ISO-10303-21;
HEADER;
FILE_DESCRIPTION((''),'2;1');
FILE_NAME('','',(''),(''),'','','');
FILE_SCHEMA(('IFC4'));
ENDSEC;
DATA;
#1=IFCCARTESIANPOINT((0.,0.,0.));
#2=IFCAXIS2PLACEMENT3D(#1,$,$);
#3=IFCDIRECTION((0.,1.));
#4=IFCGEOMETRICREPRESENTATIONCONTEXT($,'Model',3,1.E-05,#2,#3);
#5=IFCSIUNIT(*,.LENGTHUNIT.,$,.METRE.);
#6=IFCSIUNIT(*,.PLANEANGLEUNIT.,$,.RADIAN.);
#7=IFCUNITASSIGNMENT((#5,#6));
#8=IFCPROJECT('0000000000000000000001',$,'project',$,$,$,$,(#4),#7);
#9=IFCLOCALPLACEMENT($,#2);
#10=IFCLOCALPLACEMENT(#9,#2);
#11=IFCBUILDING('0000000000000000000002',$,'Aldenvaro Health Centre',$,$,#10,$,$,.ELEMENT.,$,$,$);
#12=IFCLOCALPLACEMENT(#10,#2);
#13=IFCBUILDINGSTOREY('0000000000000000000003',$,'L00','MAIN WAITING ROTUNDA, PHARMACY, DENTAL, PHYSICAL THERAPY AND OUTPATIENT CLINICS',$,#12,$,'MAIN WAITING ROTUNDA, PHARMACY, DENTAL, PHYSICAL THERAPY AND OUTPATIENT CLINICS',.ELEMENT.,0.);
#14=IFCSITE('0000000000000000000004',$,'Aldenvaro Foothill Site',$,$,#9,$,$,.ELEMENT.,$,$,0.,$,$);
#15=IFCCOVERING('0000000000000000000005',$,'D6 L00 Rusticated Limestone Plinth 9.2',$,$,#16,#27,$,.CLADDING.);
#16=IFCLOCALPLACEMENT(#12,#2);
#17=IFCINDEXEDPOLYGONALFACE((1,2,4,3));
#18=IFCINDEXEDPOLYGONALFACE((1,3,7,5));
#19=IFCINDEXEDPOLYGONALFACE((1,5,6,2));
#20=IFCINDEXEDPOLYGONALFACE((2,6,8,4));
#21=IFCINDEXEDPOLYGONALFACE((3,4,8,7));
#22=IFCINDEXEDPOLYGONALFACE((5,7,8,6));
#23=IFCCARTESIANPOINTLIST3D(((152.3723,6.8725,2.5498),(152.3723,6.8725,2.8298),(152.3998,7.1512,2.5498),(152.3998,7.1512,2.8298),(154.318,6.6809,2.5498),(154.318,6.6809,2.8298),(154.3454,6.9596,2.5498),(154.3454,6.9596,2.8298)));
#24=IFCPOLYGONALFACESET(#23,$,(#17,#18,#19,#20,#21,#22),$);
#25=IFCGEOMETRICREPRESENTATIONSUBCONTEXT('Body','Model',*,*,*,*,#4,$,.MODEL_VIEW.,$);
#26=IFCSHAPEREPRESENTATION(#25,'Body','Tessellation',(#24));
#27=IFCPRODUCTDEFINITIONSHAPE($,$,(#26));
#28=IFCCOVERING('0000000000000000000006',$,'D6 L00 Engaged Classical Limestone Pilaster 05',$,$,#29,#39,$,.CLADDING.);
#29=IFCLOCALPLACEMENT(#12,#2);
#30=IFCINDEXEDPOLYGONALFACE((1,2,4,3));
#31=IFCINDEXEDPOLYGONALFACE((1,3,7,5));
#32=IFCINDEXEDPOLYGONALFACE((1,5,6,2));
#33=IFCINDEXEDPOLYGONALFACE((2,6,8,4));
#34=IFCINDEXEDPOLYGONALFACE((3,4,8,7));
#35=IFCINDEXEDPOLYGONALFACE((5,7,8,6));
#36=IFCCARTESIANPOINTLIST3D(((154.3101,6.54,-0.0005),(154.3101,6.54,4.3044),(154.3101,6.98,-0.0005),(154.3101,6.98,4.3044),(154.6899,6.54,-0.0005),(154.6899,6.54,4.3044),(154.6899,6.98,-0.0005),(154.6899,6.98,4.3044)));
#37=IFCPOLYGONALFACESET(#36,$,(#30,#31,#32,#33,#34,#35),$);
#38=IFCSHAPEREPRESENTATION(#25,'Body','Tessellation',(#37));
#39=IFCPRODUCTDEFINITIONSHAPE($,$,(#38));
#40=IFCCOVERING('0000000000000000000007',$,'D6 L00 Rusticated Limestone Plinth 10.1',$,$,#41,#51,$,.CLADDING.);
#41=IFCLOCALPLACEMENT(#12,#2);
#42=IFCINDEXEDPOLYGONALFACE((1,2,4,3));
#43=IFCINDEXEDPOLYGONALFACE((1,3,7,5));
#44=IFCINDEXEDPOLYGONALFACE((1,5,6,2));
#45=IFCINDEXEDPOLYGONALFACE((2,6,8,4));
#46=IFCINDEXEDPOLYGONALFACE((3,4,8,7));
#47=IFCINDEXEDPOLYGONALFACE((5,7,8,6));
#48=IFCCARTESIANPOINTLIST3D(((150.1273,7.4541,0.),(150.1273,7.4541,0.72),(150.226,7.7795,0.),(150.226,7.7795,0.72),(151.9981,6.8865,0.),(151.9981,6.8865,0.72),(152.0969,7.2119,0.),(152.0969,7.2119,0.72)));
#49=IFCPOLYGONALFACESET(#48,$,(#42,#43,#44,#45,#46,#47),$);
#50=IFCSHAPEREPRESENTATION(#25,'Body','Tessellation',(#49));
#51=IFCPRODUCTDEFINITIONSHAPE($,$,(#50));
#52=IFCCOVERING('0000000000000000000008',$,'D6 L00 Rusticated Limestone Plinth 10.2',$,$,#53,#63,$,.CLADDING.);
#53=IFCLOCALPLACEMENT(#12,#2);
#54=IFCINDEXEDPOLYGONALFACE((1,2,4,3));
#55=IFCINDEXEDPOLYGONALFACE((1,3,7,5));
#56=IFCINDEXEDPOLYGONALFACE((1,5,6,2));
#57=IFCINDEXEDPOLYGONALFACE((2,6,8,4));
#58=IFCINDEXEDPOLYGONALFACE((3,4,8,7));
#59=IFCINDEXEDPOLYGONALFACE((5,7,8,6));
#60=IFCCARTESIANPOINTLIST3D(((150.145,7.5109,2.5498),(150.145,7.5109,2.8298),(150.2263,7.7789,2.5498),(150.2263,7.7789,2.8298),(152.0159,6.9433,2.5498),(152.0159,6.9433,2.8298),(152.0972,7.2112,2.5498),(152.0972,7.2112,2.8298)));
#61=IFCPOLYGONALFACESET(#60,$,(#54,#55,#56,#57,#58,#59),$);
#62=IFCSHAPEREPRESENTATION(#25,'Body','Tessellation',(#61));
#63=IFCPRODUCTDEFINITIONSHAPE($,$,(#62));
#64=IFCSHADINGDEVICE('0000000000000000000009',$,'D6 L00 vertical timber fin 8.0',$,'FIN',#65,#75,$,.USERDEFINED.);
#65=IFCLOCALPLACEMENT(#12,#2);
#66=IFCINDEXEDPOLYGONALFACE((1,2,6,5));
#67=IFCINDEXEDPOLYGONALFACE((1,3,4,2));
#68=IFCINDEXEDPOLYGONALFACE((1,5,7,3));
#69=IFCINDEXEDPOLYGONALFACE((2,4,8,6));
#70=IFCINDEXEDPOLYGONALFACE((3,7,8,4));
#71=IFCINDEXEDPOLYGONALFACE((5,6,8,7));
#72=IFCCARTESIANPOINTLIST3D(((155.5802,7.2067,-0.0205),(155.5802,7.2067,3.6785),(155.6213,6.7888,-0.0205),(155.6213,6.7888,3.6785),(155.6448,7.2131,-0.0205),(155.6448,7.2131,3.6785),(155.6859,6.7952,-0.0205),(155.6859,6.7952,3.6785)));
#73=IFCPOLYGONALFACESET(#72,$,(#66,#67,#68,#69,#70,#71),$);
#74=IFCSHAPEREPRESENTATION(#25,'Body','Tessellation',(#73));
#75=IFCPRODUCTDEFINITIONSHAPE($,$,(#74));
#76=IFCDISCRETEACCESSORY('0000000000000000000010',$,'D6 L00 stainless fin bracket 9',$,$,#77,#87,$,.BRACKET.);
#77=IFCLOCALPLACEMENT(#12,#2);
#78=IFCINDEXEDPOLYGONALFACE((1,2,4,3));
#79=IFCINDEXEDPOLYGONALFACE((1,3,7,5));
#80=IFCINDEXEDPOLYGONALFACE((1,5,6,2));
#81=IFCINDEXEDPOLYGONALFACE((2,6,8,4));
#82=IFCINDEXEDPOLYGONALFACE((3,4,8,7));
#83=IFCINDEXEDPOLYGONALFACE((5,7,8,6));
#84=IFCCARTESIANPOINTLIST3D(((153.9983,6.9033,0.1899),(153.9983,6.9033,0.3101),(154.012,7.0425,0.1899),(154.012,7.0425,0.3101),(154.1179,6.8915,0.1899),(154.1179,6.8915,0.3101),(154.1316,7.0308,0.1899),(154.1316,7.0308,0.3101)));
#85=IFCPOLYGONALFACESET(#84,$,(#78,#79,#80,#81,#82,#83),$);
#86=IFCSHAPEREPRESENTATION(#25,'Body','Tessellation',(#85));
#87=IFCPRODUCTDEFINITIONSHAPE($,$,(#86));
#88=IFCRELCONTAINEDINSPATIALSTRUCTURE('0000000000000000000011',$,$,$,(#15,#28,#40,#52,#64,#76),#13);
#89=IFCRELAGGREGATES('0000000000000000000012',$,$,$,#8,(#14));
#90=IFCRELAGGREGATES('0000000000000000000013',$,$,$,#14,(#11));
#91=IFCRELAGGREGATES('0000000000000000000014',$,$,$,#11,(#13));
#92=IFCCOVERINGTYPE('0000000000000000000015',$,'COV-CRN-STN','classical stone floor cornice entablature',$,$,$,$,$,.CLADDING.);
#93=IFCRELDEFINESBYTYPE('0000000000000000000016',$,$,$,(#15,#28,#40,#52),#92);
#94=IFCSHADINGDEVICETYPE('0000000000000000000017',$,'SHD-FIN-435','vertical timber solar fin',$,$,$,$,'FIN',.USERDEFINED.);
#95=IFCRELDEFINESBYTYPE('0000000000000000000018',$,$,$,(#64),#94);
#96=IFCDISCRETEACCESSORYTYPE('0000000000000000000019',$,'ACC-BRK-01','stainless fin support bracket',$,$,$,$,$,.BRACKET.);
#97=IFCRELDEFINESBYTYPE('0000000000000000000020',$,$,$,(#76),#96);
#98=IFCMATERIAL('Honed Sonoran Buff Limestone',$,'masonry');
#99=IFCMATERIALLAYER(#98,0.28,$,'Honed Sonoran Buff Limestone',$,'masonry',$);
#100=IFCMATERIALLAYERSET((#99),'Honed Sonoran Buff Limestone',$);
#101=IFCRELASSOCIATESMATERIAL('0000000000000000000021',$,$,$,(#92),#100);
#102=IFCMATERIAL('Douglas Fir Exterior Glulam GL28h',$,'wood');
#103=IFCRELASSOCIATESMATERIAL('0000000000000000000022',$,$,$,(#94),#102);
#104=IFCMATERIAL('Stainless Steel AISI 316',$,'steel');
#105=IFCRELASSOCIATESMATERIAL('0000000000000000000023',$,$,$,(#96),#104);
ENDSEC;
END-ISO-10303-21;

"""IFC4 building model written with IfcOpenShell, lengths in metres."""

from ifc_helpers import new_model, si_unit, direction, frame, origin, origin_2d, place, context, subcontext, project, spatial, rectangle, extrude, material, layer, layer_set, type_object, element, save


model = new_model("IFC4")

# Units and contexts
model_context = context("Model", 3, precision=1e-05, world=origin(), true_north=direction((0.0, 1.0)))
body_context = subcontext(model_context, "Body", "Model", "MODEL_VIEW")
ifc_project = project(units=[si_unit("LENGTHUNIT", "METRE"), si_unit("PLANEANGLEUNIT", "RADIAN")], contexts=[model_context])

# Site, building, storey
site_placement = place(None, origin())
site = spatial("IfcSite", under=ifc_project, at=site_placement, Name="Aldenvaro Foothill Site", CompositionType="ELEMENT", RefElevation=0.0)
building_placement = place(site_placement, origin())
building = spatial("IfcBuilding", under=site, at=building_placement, Name="Aldenvaro Health Centre", CompositionType="ELEMENT")
storey_placement = place(building_placement, origin())
storey = spatial("IfcBuildingStorey", under=building, at=storey_placement, Name="L00", Description="MAIN WAITING ROTUNDA, PHARMACY, DENTAL, PHYSICAL THERAPY AND OUTPATIENT CLINICS", LongName="MAIN WAITING ROTUNDA, PHARMACY, DENTAL, PHYSICAL THERAPY AND OUTPATIENT CLINICS", CompositionType="ELEMENT", Elevation=0.0)

# Coverings
ifc_material_1 = material(Name="Honed Sonoran Buff Limestone", Category="masonry")
ifc_layer_1 = layer(ifc_material_1, 0.28, Name="Honed Sonoran Buff Limestone", Category="masonry")
ifc_layer_set_1 = layer_set([ifc_layer_1], Name="Honed Sonoran Buff Limestone")
covering_type = type_object("IfcCoveringType", Name="COV-CRN-STN", Description="classical stone floor cornice entablature", PredefinedType="CLADDING", material=ifc_layer_set_1)
covering_1_placement = place(storey_placement, frame((153.3589, 6.916, 2.5498), z_axis=(0.0, 0.0, 1.0), x_axis=(-0.995187, 0.097997, 0.0)))
element("IfcCovering", 1, at=covering_1_placement, inside=storey, type_object=covering_type, Name="D6 L00 Rusticated Limestone Plinth 9.2", PredefinedType="CLADDING", context=body_context, shape_type="SweptSolid", body=[
    extrude(rectangle(XDim=1.9551, YDim=0.28, at=origin_2d()), origin(), (0.0, 0.0, 1.0), 0.28),
])
covering_2_placement = place(storey_placement, frame((154.5, 6.76, -0.0005), z_axis=(0.0, 0.0, 1.0), x_axis=(0.0, -1.0, 0.0)))
element("IfcCovering", 2, at=covering_2_placement, inside=storey, type_object=covering_type, Name="D6 L00 Engaged Classical Limestone Pilaster 05", PredefinedType="CLADDING", context=body_context, shape_type="SweptSolid", body=[
    extrude(rectangle(XDim=0.4399, YDim=0.3799, at=origin_2d()), origin(), (0.0, 0.0, 1.0), 4.3049),
])
covering_3_placement = place(storey_placement, frame((151.1121, 7.333, 0.0), z_axis=(0.0, 0.0, 1.0), x_axis=(-0.956923, 0.290343, 0.0)))
element("IfcCovering", 3, at=covering_3_placement, inside=storey, type_object=covering_type, Name="D6 L00 Rusticated Limestone Plinth 10.1", PredefinedType="CLADDING", context=body_context, shape_type="SweptSolid", body=[
    extrude(rectangle(XDim=1.9551, YDim=0.3401, at=origin_2d()), origin(), (0.0, 0.0, 1.0), 0.72),
])
covering_4_placement = place(storey_placement, frame((151.1211, 7.3611, 2.5498), z_axis=(0.0, 0.0, 1.0), x_axis=(-0.956923, 0.290343, 0.0)))
element("IfcCovering", 4, at=covering_4_placement, inside=storey, type_object=covering_type, Name="D6 L00 Rusticated Limestone Plinth 10.2", PredefinedType="CLADDING", context=body_context, shape_type="SweptSolid", body=[
    extrude(rectangle(XDim=1.9551, YDim=0.28, at=origin_2d()), origin(), (0.0, 0.0, 1.0), 0.28),
])

# Shading device
ifc_material_2 = material(Name="Douglas Fir Exterior Glulam GL28h", Category="wood")
shading_device_type = type_object("IfcShadingDeviceType", Name="SHD-FIN-435", Description="vertical timber solar fin", ElementType="FIN", PredefinedType="USERDEFINED", material=ifc_material_2)
shading_device_placement = place(storey_placement, frame((155.6331, 7.001, -0.0205), z_axis=(0.0, 0.0, 1.0), x_axis=(-0.995187, -0.097997, 0.0)))
element("IfcShadingDevice", 5, at=shading_device_placement, inside=storey, type_object=shading_device_type, Name="D6 L00 vertical timber fin 8.0", ObjectType="FIN", PredefinedType="USERDEFINED", context=body_context, shape_type="SweptSolid", body=[
    extrude(rectangle(XDim=0.0649, YDim=0.4199, at=origin_2d()), origin(), (0.0, 0.0, 1.0), 3.699),
])

# Discrete accessory
ifc_material_3 = material(Name="Stainless Steel AISI 316", Category="steel")
discrete_accessory_type = type_object("IfcDiscreteAccessoryType", Name="ACC-BRK-01", Description="stainless fin support bracket", PredefinedType="BRACKET", material=ifc_material_3)
discrete_accessory_placement = place(storey_placement, frame((154.0649, 6.967, 0.1899), z_axis=(0.0, 0.0, 1.0), x_axis=(-0.995187, 0.097997, 0.0)))
element("IfcDiscreteAccessory", 6, at=discrete_accessory_placement, inside=storey, type_object=discrete_accessory_type, Name="D6 L00 stainless fin bracket 9", PredefinedType="BRACKET", context=body_context, shape_type="SweptSolid", body=[
    extrude(rectangle(XDim=0.1201, YDim=0.1399, at=origin_2d()), origin(), (0.0, 0.0, 1.0), 0.1201),
])

save(model, "model.ifc")
